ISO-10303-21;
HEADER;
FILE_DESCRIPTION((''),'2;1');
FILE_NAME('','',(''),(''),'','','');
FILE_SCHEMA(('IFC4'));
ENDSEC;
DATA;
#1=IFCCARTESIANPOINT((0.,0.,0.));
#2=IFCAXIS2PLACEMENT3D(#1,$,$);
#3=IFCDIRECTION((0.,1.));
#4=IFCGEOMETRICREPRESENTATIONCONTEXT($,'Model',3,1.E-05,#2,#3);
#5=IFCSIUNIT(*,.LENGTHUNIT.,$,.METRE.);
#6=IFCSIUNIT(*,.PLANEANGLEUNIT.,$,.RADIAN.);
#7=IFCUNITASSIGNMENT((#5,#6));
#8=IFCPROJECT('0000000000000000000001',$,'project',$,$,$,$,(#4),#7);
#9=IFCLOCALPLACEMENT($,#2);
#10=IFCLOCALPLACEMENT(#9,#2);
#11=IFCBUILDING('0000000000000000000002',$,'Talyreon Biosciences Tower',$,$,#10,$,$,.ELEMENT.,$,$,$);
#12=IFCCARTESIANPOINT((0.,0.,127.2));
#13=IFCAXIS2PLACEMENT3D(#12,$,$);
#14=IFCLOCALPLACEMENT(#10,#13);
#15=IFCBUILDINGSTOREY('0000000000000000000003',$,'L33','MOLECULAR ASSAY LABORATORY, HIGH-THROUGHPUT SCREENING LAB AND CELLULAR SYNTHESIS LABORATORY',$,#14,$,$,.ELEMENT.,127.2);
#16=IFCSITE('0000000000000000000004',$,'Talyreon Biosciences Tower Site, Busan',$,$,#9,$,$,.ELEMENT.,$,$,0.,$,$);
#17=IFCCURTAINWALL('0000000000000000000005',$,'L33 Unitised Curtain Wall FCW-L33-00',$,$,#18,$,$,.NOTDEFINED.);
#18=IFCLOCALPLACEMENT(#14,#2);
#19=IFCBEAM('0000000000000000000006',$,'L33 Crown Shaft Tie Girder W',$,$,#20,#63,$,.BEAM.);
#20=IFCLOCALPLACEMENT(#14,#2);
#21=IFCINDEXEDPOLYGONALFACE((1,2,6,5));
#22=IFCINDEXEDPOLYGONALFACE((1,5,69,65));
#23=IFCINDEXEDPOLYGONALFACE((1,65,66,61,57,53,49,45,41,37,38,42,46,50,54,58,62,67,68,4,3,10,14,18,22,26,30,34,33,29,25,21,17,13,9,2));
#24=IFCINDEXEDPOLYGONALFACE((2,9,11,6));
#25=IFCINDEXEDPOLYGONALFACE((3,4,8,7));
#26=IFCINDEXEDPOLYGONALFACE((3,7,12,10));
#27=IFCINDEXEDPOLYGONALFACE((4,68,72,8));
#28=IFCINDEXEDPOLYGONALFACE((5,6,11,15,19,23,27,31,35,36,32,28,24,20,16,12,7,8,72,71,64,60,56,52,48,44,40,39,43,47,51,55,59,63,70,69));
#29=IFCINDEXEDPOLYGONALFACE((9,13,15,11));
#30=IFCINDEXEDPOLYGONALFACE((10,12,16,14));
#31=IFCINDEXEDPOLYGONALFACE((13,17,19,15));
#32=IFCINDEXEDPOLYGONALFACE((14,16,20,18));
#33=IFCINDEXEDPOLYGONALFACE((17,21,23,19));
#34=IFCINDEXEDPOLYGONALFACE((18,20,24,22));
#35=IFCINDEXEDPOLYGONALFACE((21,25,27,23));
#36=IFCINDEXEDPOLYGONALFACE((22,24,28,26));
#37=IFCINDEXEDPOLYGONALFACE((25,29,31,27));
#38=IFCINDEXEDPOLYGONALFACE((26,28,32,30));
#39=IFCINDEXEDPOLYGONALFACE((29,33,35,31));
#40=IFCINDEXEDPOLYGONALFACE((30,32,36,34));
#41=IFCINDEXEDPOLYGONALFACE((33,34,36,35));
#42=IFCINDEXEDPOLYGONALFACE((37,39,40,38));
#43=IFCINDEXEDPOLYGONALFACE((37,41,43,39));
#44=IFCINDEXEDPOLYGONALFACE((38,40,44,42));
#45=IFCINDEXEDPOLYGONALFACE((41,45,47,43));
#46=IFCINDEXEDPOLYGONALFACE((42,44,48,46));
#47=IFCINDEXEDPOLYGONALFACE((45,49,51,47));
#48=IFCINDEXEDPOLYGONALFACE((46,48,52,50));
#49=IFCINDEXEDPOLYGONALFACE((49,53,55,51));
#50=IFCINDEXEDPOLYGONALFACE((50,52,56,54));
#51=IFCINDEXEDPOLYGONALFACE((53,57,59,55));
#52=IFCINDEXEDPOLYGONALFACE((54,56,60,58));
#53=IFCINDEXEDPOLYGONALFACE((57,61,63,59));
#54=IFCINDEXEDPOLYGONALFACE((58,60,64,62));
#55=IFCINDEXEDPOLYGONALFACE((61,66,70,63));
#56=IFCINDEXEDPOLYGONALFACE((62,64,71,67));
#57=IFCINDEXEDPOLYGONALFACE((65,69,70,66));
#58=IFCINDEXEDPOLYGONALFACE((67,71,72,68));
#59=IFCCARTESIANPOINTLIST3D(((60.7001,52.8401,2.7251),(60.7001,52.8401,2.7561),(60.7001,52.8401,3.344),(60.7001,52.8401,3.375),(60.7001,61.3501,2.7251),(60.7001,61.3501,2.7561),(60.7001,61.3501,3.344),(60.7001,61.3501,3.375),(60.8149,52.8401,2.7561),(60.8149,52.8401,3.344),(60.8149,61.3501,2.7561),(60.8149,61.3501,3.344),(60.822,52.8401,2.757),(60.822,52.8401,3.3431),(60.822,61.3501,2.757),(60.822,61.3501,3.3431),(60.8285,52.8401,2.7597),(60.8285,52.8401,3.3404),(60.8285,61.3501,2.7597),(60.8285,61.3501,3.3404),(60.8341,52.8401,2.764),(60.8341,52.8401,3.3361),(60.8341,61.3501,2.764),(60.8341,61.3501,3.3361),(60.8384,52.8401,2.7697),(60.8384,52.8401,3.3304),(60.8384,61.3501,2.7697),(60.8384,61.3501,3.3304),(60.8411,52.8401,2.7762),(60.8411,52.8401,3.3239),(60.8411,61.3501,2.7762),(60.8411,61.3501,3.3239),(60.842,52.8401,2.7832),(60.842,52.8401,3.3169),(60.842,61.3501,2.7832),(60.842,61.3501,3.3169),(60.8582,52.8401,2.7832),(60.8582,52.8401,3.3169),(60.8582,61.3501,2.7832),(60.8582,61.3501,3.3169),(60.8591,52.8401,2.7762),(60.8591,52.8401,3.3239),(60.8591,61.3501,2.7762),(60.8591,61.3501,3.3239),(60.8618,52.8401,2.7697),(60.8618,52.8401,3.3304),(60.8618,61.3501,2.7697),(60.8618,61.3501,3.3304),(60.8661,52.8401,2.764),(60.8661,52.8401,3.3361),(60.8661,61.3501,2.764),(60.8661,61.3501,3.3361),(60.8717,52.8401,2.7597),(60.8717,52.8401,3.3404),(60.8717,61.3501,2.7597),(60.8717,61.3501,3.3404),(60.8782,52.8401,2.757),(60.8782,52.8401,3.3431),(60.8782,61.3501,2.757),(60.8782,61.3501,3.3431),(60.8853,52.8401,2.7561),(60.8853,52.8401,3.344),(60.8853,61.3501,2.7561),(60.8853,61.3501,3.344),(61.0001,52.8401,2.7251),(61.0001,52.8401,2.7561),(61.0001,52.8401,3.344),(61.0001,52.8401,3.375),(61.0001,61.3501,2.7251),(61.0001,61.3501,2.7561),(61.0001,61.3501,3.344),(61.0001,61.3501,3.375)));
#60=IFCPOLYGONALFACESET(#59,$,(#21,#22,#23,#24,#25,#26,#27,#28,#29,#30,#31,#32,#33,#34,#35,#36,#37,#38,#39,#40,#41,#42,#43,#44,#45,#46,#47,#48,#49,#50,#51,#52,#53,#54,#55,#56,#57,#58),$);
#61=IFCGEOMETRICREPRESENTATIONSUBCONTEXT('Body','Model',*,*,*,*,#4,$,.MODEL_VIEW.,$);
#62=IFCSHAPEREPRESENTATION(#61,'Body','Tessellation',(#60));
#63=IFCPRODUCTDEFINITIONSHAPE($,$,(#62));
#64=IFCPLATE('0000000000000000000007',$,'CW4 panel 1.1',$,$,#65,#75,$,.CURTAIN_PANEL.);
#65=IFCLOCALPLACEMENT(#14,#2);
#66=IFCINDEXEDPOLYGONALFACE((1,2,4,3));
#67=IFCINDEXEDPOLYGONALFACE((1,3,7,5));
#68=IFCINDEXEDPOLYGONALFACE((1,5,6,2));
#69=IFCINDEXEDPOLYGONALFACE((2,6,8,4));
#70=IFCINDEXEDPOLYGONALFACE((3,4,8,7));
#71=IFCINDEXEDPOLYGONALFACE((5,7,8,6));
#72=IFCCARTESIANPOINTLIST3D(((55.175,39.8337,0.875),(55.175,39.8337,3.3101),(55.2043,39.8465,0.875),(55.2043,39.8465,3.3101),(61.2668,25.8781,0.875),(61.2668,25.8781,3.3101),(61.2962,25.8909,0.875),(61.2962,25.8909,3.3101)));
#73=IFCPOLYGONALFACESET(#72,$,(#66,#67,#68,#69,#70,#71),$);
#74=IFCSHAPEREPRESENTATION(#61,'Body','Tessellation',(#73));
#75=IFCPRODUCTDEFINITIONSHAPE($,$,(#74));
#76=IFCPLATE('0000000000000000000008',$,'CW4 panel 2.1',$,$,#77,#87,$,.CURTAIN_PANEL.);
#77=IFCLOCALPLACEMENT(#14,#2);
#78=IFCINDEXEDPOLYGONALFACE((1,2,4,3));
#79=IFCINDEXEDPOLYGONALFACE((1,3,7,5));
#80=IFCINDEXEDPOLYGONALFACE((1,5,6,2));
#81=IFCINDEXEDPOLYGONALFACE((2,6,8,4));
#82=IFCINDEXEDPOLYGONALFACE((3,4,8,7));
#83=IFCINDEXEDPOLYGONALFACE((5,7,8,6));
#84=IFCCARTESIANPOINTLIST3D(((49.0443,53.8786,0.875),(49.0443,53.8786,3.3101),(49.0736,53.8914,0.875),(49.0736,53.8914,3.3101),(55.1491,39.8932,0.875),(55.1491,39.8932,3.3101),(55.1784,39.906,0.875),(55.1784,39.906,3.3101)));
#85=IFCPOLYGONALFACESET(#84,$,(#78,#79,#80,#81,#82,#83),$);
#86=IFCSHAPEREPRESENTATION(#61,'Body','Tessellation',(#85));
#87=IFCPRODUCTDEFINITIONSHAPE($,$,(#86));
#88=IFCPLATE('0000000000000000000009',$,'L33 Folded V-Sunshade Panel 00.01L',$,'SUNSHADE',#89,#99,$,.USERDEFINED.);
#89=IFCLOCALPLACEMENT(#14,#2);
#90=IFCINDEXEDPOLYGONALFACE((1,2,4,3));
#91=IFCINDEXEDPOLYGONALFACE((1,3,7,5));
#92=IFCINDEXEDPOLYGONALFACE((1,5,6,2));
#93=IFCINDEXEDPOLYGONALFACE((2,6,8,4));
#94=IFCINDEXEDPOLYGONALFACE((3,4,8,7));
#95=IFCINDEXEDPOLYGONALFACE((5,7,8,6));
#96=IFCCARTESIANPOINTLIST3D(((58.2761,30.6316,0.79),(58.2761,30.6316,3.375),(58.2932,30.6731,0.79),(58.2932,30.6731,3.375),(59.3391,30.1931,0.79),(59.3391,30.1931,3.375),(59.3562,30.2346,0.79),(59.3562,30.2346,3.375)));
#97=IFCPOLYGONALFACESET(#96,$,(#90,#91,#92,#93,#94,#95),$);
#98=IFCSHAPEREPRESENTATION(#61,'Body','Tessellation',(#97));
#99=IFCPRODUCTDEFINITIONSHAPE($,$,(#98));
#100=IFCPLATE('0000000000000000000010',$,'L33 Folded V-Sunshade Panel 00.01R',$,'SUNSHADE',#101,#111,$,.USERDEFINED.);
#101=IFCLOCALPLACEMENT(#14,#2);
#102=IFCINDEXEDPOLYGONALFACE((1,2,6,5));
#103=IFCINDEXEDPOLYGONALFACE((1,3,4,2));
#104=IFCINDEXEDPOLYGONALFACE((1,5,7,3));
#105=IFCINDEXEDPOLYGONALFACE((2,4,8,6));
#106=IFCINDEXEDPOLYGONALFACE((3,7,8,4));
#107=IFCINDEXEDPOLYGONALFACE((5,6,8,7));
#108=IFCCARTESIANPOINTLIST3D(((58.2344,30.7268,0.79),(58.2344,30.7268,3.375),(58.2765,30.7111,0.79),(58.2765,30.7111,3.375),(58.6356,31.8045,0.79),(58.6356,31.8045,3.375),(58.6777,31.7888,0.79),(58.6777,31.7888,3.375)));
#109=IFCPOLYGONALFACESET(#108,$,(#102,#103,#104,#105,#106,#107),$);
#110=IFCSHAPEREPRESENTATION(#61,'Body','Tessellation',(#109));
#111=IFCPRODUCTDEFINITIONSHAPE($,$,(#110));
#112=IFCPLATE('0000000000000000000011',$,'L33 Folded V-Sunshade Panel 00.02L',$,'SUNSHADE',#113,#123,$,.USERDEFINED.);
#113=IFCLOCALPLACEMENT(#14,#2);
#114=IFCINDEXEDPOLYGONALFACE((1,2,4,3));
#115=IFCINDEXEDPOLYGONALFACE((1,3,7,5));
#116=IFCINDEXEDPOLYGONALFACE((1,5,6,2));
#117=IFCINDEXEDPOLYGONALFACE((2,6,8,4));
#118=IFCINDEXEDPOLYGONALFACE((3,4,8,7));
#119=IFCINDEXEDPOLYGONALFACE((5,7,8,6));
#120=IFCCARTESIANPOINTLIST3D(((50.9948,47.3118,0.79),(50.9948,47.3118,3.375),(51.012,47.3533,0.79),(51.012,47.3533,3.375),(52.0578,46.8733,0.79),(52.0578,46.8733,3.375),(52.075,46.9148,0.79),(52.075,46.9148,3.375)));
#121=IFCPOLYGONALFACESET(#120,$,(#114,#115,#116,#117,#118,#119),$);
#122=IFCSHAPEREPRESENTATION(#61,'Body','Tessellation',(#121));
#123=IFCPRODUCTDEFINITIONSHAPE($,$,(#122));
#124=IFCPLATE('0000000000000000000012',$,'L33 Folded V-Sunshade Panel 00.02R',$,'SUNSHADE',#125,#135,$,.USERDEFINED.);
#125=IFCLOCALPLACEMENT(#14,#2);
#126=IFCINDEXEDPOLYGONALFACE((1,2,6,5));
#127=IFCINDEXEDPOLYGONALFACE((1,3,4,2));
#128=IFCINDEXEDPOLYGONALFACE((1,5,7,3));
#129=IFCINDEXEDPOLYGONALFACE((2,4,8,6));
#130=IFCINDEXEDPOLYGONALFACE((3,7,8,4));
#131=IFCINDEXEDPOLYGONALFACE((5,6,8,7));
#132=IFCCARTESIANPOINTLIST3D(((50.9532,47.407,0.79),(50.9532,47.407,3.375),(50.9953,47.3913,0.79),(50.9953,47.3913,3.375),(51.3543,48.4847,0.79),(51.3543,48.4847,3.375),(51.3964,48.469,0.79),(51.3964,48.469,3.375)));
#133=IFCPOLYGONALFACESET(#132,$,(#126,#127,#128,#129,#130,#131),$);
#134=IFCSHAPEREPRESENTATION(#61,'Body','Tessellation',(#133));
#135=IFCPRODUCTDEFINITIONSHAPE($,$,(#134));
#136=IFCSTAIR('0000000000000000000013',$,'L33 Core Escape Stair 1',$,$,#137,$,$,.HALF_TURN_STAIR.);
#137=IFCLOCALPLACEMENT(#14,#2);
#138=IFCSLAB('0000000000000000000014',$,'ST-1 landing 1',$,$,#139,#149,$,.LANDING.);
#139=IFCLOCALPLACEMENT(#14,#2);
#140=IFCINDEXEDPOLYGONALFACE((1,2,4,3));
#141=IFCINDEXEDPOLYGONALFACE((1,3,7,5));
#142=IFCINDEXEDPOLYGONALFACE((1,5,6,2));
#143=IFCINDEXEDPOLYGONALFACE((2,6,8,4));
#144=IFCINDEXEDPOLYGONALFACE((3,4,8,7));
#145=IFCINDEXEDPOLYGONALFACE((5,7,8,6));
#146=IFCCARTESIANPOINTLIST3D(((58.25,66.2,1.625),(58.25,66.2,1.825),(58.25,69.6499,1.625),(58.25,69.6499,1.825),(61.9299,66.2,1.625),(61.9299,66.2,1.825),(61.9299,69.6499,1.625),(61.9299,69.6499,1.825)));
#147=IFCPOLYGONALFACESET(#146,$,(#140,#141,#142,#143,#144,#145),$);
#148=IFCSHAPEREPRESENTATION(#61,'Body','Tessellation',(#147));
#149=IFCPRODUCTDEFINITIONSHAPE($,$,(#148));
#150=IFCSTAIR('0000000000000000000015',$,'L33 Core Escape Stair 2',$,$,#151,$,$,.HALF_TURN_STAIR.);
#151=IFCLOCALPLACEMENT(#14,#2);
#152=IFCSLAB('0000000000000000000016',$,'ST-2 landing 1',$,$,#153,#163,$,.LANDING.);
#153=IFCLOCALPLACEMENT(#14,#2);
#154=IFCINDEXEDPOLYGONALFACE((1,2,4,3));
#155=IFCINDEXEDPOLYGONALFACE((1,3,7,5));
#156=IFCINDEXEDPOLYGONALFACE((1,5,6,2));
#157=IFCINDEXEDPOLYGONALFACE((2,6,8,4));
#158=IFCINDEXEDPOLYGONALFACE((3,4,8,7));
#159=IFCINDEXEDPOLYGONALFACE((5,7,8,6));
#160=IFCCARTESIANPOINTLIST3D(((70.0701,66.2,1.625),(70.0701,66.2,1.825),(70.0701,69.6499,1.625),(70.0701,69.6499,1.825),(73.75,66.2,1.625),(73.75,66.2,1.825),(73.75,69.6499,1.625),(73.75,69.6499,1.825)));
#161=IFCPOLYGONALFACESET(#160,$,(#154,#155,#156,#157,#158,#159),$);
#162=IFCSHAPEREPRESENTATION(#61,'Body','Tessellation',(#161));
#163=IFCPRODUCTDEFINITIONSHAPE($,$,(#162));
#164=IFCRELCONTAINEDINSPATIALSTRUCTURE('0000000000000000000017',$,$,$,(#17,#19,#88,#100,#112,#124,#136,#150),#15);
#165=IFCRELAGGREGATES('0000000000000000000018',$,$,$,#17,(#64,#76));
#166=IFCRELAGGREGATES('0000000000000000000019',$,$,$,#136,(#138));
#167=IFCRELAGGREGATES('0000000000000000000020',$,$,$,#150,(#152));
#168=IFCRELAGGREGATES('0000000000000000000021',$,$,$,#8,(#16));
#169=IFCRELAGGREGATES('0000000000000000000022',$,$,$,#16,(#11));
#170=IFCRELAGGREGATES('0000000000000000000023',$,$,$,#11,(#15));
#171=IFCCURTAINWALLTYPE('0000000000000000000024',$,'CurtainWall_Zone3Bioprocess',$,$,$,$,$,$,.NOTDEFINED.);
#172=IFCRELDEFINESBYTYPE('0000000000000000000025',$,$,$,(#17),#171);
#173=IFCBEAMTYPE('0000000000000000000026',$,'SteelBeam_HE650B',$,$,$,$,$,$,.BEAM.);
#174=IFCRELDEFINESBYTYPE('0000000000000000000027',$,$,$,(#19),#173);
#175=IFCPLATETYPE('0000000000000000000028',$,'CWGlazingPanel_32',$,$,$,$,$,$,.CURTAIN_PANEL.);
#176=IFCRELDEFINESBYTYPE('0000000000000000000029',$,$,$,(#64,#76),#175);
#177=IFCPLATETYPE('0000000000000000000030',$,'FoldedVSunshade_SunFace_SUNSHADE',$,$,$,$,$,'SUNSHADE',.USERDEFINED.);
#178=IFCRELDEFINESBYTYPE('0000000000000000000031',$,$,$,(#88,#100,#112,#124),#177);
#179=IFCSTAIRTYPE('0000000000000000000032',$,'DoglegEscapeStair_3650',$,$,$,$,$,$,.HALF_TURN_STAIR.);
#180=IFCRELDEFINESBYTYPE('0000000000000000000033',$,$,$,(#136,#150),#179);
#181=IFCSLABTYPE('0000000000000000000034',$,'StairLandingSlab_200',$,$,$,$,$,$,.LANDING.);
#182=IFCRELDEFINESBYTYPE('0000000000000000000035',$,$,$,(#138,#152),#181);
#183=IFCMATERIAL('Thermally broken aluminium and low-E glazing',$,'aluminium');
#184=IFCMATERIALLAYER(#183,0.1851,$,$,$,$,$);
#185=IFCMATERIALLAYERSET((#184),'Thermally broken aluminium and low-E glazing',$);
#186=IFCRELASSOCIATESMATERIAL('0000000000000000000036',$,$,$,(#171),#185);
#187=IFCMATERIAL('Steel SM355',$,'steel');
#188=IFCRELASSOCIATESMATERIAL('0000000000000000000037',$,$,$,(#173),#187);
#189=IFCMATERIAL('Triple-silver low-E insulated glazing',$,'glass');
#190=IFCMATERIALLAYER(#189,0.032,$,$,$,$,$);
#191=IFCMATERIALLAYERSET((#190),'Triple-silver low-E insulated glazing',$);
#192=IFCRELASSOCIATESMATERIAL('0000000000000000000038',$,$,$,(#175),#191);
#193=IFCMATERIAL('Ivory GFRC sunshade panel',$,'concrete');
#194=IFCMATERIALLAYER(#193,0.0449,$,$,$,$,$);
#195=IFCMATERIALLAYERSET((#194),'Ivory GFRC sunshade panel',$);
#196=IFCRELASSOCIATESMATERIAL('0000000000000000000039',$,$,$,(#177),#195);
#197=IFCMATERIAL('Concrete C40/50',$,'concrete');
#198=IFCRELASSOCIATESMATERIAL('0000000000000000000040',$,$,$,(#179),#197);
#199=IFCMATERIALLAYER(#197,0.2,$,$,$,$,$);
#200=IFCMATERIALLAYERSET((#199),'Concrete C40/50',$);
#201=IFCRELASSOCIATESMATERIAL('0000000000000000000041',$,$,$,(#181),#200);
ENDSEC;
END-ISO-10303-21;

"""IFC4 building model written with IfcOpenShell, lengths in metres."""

from ifc_helpers import new_model, si_unit, direction, frame, origin, origin_2d, place, context, subcontext, project, spatial, polyline, rectangle, i_section, outline, extrude, material, layer, layer_set, material_profile, profile_set, type_object, element, aggregate, save


model = new_model("IFC4")

# Units and contexts
model_context = context("Model", 3, precision=1e-05, world=origin(), true_north=direction((0.0, 1.0)))
body_context = subcontext(model_context, "Body", "Model", "MODEL_VIEW")
ifc_project = project(units=[si_unit("LENGTHUNIT", "METRE"), si_unit("PLANEANGLEUNIT", "RADIAN")], contexts=[model_context])

# Site, building, storey
site_placement = place(None, origin())
site = spatial("IfcSite", under=ifc_project, at=site_placement, Name="Talyreon Biosciences Tower Site, Busan", CompositionType="ELEMENT", RefElevation=0.0)
building_placement = place(site_placement, origin())
building = spatial("IfcBuilding", under=site, at=building_placement, Name="Talyreon Biosciences Tower", CompositionType="ELEMENT")
storey_placement = place(building_placement, frame((0.0, 0.0, 127.2)))
storey = spatial("IfcBuildingStorey", under=building, at=storey_placement, Name="L33", Description="MOLECULAR ASSAY LABORATORY, HIGH-THROUGHPUT SCREENING LAB AND CELLULAR SYNTHESIS LABORATORY", CompositionType="ELEMENT", Elevation=127.2)

# Curtain wall
ifc_material_1 = material(Name="Thermally broken aluminium and low-E glazing", Category="aluminium")
ifc_layer_1 = layer(ifc_material_1, 0.1851)
ifc_layer_set_1 = layer_set([ifc_layer_1], Name="Thermally broken aluminium and low-E glazing")
curtain_wall_type = type_object("IfcCurtainWallType", Name="CurtainWall_Zone3Bioprocess", PredefinedType="NOTDEFINED", material=ifc_layer_set_1)
curtain_wall_placement = place(storey_placement, origin())
curtain_wall = element("IfcCurtainWall", 1, at=curtain_wall_placement, inside=storey, type_object=curtain_wall_type, Name="L33 Unitised Curtain Wall FCW-L33-00", PredefinedType="NOTDEFINED")

# Beam
ifc_material_2 = material(Name="Steel SM355", Category="steel")
ifc_material_profile_1 = material_profile(ifc_material_2, i_section(OverallWidth=0.3, OverallDepth=0.6499, WebThickness=0.0161, FlangeThickness=0.031, FilletRadius=0.0271, at=origin_2d()), Name="HE650B")
ifc_profile_set_1 = profile_set([ifc_material_profile_1], Name="Steel SM355")
beam_type_1 = type_object("IfcBeamType", Name="SteelBeam_HE650B", PredefinedType="BEAM", material=ifc_profile_set_1)
beam_1_placement = place(storey_placement, frame((60.8501, 52.8401, 3.05), z_axis=(0.0, 1.0, 0.0), x_axis=(-1.0, 0.0, 0.0)))
element("IfcBeam", 2, at=beam_1_placement, inside=storey, type_object=beam_type_1, Name="L33 Crown Shaft Tie Girder W", PredefinedType="BEAM", context=body_context, shape_type="SweptSolid", body=[
    extrude(i_section(OverallWidth=0.3, OverallDepth=0.6499, WebThickness=0.0161, FlangeThickness=0.031, FilletRadius=0.0271, at=origin_2d()), origin(), (0.0, 0.0, 1.0), 8.51),
])

# Plates
ifc_material_3 = material(Name="Triple-silver low-E insulated glazing", Category="glass")
ifc_layer_2 = layer(ifc_material_3, 0.032)
ifc_layer_set_2 = layer_set([ifc_layer_2], Name="Triple-silver low-E insulated glazing")
plate_type_1 = type_object("IfcPlateType", Name="CWGlazingPanel_32", PredefinedType="CURTAIN_PANEL", material=ifc_layer_set_2)
plate_1_placement = place(storey_placement, frame((58.2356, 32.8623, 0.875), z_axis=(0.0, 0.0, 1.0), x_axis=(-0.400058, 0.91649, 0.0)))
plate_1 = element("IfcPlate", 3, at=plate_1_placement, type_object=plate_type_1, Name="CW4 panel 1.1", PredefinedType="CURTAIN_PANEL", context=body_context, shape_type="SweptSolid", body=[
    extrude(rectangle(XDim=15.2273, YDim=0.032, at=origin_2d()), origin(), (0.0, 0.0, 1.0), 2.4351),
])
plate_2_placement = place(storey_placement, frame((52.1113, 46.8923, 0.875), z_axis=(0.0, 0.0, 1.0), x_axis=(-0.400058, 0.91649, 0.0)))
plate_2 = element("IfcPlate", 4, at=plate_2_placement, type_object=plate_type_1, Name="CW4 panel 2.1", PredefinedType="CURTAIN_PANEL", context=body_context, shape_type="SweptSolid", body=[
    extrude(rectangle(XDim=15.2598, YDim=0.032, at=origin_2d()), origin(), (0.0, 0.0, 1.0), 2.4351),
])
aggregate(curtain_wall, [plate_1, plate_2])

# Plates
ifc_material_4 = material(Name="Ivory GFRC sunshade panel", Category="concrete")
ifc_layer_3 = layer(ifc_material_4, 0.0449)
ifc_layer_set_3 = layer_set([ifc_layer_3], Name="Ivory GFRC sunshade panel")
plate_type_2 = type_object("IfcPlateType", Name="FoldedVSunshade_SunFace_SUNSHADE", ElementType="SUNSHADE", PredefinedType="USERDEFINED", material=ifc_layer_set_3)
for number, where, z_axis, x_axis, name in (
    (5, (58.8162, 30.4331, 0.79), (0.0, 0.0, 1.0), (-0.924426, 0.381361, 0.0), "L33 Folded V-Sunshade Panel 00.01L"),
    (6, (58.4561, 31.2578, 0.79), (0.0, 0.0, 1.0), (0.348866, 0.937172, 0.0), "L33 Folded V-Sunshade Panel 00.01R"),
    (7, (51.5349, 47.1133, 0.79), (0.0, 0.0, 1.0), (-0.924426, 0.381361, 0.0), "L33 Folded V-Sunshade Panel 00.02L"),
    (8, (51.1748, 47.938, 0.79), (0.0, 0.0, 1.0), (0.348866, 0.937172, 0.0), "L33 Folded V-Sunshade Panel 00.02R"),
):
    element("IfcPlate", number, at=place(storey_placement, frame(where, z_axis=z_axis, x_axis=x_axis)), inside=storey, type_object=plate_type_2, Name=name, ObjectType="SUNSHADE", PredefinedType="USERDEFINED", context=body_context, shape_type="SweptSolid", body=[
        extrude(rectangle(XDim=1.1499, YDim=0.0449, at=origin_2d()), origin(), (0.0, 0.0, 1.0), 2.585),
    ])

# Stairs, slabs
ifc_material_5 = material(Name="Concrete C40/50", Category="concrete")
stair_type = type_object("IfcStairType", Name="DoglegEscapeStair_3650", PredefinedType="HALF_TURN_STAIR", material=ifc_material_5)
stair_1_placement = place(storey_placement, origin())
stair_1 = element("IfcStair", 9, at=stair_1_placement, inside=storey, type_object=stair_type, Name="L33 Core Escape Stair 1", PredefinedType="HALF_TURN_STAIR")
ifc_layer_4 = layer(ifc_material_5, 0.2)
ifc_layer_set_4 = layer_set([ifc_layer_4], Name="Concrete C40/50")
slab_type_1 = type_object("IfcSlabType", Name="StairLandingSlab_200", PredefinedType="LANDING", material=ifc_layer_set_4)
slab_1_placement = place(storey_placement, frame((0.0, 0.0, 1.625)))
slab_1 = element("IfcSlab", 10, at=slab_1_placement, type_object=slab_type_1, Name="ST-1 landing 1", PredefinedType="LANDING", context=body_context, shape_type="SweptSolid", body=[
    extrude(outline(polyline([(61.9299, 66.2), (61.9299, 69.6499), (58.25, 69.6499), (58.25, 66.2), (61.9299, 66.2)])), origin(), (0.0, 0.0, 1.0), 0.2),
])
aggregate(stair_1, [slab_1])
stair_2_placement = place(storey_placement, origin())
stair_2 = element("IfcStair", 11, at=stair_2_placement, inside=storey, type_object=stair_type, Name="L33 Core Escape Stair 2", PredefinedType="HALF_TURN_STAIR")
slab_2_placement = place(storey_placement, frame((0.0, 0.0, 1.625)))
slab_2 = element("IfcSlab", 12, at=slab_2_placement, type_object=slab_type_1, Name="ST-2 landing 1", PredefinedType="LANDING", context=body_context, shape_type="SweptSolid", body=[
    extrude(outline(polyline([(73.75, 66.2), (73.75, 69.6499), (70.0701, 69.6499), (70.0701, 66.2), (73.75, 66.2)])), origin(), (0.0, 0.0, 1.0), 0.2),
])
aggregate(stair_2, [slab_2])

save(model, "model.ifc")
